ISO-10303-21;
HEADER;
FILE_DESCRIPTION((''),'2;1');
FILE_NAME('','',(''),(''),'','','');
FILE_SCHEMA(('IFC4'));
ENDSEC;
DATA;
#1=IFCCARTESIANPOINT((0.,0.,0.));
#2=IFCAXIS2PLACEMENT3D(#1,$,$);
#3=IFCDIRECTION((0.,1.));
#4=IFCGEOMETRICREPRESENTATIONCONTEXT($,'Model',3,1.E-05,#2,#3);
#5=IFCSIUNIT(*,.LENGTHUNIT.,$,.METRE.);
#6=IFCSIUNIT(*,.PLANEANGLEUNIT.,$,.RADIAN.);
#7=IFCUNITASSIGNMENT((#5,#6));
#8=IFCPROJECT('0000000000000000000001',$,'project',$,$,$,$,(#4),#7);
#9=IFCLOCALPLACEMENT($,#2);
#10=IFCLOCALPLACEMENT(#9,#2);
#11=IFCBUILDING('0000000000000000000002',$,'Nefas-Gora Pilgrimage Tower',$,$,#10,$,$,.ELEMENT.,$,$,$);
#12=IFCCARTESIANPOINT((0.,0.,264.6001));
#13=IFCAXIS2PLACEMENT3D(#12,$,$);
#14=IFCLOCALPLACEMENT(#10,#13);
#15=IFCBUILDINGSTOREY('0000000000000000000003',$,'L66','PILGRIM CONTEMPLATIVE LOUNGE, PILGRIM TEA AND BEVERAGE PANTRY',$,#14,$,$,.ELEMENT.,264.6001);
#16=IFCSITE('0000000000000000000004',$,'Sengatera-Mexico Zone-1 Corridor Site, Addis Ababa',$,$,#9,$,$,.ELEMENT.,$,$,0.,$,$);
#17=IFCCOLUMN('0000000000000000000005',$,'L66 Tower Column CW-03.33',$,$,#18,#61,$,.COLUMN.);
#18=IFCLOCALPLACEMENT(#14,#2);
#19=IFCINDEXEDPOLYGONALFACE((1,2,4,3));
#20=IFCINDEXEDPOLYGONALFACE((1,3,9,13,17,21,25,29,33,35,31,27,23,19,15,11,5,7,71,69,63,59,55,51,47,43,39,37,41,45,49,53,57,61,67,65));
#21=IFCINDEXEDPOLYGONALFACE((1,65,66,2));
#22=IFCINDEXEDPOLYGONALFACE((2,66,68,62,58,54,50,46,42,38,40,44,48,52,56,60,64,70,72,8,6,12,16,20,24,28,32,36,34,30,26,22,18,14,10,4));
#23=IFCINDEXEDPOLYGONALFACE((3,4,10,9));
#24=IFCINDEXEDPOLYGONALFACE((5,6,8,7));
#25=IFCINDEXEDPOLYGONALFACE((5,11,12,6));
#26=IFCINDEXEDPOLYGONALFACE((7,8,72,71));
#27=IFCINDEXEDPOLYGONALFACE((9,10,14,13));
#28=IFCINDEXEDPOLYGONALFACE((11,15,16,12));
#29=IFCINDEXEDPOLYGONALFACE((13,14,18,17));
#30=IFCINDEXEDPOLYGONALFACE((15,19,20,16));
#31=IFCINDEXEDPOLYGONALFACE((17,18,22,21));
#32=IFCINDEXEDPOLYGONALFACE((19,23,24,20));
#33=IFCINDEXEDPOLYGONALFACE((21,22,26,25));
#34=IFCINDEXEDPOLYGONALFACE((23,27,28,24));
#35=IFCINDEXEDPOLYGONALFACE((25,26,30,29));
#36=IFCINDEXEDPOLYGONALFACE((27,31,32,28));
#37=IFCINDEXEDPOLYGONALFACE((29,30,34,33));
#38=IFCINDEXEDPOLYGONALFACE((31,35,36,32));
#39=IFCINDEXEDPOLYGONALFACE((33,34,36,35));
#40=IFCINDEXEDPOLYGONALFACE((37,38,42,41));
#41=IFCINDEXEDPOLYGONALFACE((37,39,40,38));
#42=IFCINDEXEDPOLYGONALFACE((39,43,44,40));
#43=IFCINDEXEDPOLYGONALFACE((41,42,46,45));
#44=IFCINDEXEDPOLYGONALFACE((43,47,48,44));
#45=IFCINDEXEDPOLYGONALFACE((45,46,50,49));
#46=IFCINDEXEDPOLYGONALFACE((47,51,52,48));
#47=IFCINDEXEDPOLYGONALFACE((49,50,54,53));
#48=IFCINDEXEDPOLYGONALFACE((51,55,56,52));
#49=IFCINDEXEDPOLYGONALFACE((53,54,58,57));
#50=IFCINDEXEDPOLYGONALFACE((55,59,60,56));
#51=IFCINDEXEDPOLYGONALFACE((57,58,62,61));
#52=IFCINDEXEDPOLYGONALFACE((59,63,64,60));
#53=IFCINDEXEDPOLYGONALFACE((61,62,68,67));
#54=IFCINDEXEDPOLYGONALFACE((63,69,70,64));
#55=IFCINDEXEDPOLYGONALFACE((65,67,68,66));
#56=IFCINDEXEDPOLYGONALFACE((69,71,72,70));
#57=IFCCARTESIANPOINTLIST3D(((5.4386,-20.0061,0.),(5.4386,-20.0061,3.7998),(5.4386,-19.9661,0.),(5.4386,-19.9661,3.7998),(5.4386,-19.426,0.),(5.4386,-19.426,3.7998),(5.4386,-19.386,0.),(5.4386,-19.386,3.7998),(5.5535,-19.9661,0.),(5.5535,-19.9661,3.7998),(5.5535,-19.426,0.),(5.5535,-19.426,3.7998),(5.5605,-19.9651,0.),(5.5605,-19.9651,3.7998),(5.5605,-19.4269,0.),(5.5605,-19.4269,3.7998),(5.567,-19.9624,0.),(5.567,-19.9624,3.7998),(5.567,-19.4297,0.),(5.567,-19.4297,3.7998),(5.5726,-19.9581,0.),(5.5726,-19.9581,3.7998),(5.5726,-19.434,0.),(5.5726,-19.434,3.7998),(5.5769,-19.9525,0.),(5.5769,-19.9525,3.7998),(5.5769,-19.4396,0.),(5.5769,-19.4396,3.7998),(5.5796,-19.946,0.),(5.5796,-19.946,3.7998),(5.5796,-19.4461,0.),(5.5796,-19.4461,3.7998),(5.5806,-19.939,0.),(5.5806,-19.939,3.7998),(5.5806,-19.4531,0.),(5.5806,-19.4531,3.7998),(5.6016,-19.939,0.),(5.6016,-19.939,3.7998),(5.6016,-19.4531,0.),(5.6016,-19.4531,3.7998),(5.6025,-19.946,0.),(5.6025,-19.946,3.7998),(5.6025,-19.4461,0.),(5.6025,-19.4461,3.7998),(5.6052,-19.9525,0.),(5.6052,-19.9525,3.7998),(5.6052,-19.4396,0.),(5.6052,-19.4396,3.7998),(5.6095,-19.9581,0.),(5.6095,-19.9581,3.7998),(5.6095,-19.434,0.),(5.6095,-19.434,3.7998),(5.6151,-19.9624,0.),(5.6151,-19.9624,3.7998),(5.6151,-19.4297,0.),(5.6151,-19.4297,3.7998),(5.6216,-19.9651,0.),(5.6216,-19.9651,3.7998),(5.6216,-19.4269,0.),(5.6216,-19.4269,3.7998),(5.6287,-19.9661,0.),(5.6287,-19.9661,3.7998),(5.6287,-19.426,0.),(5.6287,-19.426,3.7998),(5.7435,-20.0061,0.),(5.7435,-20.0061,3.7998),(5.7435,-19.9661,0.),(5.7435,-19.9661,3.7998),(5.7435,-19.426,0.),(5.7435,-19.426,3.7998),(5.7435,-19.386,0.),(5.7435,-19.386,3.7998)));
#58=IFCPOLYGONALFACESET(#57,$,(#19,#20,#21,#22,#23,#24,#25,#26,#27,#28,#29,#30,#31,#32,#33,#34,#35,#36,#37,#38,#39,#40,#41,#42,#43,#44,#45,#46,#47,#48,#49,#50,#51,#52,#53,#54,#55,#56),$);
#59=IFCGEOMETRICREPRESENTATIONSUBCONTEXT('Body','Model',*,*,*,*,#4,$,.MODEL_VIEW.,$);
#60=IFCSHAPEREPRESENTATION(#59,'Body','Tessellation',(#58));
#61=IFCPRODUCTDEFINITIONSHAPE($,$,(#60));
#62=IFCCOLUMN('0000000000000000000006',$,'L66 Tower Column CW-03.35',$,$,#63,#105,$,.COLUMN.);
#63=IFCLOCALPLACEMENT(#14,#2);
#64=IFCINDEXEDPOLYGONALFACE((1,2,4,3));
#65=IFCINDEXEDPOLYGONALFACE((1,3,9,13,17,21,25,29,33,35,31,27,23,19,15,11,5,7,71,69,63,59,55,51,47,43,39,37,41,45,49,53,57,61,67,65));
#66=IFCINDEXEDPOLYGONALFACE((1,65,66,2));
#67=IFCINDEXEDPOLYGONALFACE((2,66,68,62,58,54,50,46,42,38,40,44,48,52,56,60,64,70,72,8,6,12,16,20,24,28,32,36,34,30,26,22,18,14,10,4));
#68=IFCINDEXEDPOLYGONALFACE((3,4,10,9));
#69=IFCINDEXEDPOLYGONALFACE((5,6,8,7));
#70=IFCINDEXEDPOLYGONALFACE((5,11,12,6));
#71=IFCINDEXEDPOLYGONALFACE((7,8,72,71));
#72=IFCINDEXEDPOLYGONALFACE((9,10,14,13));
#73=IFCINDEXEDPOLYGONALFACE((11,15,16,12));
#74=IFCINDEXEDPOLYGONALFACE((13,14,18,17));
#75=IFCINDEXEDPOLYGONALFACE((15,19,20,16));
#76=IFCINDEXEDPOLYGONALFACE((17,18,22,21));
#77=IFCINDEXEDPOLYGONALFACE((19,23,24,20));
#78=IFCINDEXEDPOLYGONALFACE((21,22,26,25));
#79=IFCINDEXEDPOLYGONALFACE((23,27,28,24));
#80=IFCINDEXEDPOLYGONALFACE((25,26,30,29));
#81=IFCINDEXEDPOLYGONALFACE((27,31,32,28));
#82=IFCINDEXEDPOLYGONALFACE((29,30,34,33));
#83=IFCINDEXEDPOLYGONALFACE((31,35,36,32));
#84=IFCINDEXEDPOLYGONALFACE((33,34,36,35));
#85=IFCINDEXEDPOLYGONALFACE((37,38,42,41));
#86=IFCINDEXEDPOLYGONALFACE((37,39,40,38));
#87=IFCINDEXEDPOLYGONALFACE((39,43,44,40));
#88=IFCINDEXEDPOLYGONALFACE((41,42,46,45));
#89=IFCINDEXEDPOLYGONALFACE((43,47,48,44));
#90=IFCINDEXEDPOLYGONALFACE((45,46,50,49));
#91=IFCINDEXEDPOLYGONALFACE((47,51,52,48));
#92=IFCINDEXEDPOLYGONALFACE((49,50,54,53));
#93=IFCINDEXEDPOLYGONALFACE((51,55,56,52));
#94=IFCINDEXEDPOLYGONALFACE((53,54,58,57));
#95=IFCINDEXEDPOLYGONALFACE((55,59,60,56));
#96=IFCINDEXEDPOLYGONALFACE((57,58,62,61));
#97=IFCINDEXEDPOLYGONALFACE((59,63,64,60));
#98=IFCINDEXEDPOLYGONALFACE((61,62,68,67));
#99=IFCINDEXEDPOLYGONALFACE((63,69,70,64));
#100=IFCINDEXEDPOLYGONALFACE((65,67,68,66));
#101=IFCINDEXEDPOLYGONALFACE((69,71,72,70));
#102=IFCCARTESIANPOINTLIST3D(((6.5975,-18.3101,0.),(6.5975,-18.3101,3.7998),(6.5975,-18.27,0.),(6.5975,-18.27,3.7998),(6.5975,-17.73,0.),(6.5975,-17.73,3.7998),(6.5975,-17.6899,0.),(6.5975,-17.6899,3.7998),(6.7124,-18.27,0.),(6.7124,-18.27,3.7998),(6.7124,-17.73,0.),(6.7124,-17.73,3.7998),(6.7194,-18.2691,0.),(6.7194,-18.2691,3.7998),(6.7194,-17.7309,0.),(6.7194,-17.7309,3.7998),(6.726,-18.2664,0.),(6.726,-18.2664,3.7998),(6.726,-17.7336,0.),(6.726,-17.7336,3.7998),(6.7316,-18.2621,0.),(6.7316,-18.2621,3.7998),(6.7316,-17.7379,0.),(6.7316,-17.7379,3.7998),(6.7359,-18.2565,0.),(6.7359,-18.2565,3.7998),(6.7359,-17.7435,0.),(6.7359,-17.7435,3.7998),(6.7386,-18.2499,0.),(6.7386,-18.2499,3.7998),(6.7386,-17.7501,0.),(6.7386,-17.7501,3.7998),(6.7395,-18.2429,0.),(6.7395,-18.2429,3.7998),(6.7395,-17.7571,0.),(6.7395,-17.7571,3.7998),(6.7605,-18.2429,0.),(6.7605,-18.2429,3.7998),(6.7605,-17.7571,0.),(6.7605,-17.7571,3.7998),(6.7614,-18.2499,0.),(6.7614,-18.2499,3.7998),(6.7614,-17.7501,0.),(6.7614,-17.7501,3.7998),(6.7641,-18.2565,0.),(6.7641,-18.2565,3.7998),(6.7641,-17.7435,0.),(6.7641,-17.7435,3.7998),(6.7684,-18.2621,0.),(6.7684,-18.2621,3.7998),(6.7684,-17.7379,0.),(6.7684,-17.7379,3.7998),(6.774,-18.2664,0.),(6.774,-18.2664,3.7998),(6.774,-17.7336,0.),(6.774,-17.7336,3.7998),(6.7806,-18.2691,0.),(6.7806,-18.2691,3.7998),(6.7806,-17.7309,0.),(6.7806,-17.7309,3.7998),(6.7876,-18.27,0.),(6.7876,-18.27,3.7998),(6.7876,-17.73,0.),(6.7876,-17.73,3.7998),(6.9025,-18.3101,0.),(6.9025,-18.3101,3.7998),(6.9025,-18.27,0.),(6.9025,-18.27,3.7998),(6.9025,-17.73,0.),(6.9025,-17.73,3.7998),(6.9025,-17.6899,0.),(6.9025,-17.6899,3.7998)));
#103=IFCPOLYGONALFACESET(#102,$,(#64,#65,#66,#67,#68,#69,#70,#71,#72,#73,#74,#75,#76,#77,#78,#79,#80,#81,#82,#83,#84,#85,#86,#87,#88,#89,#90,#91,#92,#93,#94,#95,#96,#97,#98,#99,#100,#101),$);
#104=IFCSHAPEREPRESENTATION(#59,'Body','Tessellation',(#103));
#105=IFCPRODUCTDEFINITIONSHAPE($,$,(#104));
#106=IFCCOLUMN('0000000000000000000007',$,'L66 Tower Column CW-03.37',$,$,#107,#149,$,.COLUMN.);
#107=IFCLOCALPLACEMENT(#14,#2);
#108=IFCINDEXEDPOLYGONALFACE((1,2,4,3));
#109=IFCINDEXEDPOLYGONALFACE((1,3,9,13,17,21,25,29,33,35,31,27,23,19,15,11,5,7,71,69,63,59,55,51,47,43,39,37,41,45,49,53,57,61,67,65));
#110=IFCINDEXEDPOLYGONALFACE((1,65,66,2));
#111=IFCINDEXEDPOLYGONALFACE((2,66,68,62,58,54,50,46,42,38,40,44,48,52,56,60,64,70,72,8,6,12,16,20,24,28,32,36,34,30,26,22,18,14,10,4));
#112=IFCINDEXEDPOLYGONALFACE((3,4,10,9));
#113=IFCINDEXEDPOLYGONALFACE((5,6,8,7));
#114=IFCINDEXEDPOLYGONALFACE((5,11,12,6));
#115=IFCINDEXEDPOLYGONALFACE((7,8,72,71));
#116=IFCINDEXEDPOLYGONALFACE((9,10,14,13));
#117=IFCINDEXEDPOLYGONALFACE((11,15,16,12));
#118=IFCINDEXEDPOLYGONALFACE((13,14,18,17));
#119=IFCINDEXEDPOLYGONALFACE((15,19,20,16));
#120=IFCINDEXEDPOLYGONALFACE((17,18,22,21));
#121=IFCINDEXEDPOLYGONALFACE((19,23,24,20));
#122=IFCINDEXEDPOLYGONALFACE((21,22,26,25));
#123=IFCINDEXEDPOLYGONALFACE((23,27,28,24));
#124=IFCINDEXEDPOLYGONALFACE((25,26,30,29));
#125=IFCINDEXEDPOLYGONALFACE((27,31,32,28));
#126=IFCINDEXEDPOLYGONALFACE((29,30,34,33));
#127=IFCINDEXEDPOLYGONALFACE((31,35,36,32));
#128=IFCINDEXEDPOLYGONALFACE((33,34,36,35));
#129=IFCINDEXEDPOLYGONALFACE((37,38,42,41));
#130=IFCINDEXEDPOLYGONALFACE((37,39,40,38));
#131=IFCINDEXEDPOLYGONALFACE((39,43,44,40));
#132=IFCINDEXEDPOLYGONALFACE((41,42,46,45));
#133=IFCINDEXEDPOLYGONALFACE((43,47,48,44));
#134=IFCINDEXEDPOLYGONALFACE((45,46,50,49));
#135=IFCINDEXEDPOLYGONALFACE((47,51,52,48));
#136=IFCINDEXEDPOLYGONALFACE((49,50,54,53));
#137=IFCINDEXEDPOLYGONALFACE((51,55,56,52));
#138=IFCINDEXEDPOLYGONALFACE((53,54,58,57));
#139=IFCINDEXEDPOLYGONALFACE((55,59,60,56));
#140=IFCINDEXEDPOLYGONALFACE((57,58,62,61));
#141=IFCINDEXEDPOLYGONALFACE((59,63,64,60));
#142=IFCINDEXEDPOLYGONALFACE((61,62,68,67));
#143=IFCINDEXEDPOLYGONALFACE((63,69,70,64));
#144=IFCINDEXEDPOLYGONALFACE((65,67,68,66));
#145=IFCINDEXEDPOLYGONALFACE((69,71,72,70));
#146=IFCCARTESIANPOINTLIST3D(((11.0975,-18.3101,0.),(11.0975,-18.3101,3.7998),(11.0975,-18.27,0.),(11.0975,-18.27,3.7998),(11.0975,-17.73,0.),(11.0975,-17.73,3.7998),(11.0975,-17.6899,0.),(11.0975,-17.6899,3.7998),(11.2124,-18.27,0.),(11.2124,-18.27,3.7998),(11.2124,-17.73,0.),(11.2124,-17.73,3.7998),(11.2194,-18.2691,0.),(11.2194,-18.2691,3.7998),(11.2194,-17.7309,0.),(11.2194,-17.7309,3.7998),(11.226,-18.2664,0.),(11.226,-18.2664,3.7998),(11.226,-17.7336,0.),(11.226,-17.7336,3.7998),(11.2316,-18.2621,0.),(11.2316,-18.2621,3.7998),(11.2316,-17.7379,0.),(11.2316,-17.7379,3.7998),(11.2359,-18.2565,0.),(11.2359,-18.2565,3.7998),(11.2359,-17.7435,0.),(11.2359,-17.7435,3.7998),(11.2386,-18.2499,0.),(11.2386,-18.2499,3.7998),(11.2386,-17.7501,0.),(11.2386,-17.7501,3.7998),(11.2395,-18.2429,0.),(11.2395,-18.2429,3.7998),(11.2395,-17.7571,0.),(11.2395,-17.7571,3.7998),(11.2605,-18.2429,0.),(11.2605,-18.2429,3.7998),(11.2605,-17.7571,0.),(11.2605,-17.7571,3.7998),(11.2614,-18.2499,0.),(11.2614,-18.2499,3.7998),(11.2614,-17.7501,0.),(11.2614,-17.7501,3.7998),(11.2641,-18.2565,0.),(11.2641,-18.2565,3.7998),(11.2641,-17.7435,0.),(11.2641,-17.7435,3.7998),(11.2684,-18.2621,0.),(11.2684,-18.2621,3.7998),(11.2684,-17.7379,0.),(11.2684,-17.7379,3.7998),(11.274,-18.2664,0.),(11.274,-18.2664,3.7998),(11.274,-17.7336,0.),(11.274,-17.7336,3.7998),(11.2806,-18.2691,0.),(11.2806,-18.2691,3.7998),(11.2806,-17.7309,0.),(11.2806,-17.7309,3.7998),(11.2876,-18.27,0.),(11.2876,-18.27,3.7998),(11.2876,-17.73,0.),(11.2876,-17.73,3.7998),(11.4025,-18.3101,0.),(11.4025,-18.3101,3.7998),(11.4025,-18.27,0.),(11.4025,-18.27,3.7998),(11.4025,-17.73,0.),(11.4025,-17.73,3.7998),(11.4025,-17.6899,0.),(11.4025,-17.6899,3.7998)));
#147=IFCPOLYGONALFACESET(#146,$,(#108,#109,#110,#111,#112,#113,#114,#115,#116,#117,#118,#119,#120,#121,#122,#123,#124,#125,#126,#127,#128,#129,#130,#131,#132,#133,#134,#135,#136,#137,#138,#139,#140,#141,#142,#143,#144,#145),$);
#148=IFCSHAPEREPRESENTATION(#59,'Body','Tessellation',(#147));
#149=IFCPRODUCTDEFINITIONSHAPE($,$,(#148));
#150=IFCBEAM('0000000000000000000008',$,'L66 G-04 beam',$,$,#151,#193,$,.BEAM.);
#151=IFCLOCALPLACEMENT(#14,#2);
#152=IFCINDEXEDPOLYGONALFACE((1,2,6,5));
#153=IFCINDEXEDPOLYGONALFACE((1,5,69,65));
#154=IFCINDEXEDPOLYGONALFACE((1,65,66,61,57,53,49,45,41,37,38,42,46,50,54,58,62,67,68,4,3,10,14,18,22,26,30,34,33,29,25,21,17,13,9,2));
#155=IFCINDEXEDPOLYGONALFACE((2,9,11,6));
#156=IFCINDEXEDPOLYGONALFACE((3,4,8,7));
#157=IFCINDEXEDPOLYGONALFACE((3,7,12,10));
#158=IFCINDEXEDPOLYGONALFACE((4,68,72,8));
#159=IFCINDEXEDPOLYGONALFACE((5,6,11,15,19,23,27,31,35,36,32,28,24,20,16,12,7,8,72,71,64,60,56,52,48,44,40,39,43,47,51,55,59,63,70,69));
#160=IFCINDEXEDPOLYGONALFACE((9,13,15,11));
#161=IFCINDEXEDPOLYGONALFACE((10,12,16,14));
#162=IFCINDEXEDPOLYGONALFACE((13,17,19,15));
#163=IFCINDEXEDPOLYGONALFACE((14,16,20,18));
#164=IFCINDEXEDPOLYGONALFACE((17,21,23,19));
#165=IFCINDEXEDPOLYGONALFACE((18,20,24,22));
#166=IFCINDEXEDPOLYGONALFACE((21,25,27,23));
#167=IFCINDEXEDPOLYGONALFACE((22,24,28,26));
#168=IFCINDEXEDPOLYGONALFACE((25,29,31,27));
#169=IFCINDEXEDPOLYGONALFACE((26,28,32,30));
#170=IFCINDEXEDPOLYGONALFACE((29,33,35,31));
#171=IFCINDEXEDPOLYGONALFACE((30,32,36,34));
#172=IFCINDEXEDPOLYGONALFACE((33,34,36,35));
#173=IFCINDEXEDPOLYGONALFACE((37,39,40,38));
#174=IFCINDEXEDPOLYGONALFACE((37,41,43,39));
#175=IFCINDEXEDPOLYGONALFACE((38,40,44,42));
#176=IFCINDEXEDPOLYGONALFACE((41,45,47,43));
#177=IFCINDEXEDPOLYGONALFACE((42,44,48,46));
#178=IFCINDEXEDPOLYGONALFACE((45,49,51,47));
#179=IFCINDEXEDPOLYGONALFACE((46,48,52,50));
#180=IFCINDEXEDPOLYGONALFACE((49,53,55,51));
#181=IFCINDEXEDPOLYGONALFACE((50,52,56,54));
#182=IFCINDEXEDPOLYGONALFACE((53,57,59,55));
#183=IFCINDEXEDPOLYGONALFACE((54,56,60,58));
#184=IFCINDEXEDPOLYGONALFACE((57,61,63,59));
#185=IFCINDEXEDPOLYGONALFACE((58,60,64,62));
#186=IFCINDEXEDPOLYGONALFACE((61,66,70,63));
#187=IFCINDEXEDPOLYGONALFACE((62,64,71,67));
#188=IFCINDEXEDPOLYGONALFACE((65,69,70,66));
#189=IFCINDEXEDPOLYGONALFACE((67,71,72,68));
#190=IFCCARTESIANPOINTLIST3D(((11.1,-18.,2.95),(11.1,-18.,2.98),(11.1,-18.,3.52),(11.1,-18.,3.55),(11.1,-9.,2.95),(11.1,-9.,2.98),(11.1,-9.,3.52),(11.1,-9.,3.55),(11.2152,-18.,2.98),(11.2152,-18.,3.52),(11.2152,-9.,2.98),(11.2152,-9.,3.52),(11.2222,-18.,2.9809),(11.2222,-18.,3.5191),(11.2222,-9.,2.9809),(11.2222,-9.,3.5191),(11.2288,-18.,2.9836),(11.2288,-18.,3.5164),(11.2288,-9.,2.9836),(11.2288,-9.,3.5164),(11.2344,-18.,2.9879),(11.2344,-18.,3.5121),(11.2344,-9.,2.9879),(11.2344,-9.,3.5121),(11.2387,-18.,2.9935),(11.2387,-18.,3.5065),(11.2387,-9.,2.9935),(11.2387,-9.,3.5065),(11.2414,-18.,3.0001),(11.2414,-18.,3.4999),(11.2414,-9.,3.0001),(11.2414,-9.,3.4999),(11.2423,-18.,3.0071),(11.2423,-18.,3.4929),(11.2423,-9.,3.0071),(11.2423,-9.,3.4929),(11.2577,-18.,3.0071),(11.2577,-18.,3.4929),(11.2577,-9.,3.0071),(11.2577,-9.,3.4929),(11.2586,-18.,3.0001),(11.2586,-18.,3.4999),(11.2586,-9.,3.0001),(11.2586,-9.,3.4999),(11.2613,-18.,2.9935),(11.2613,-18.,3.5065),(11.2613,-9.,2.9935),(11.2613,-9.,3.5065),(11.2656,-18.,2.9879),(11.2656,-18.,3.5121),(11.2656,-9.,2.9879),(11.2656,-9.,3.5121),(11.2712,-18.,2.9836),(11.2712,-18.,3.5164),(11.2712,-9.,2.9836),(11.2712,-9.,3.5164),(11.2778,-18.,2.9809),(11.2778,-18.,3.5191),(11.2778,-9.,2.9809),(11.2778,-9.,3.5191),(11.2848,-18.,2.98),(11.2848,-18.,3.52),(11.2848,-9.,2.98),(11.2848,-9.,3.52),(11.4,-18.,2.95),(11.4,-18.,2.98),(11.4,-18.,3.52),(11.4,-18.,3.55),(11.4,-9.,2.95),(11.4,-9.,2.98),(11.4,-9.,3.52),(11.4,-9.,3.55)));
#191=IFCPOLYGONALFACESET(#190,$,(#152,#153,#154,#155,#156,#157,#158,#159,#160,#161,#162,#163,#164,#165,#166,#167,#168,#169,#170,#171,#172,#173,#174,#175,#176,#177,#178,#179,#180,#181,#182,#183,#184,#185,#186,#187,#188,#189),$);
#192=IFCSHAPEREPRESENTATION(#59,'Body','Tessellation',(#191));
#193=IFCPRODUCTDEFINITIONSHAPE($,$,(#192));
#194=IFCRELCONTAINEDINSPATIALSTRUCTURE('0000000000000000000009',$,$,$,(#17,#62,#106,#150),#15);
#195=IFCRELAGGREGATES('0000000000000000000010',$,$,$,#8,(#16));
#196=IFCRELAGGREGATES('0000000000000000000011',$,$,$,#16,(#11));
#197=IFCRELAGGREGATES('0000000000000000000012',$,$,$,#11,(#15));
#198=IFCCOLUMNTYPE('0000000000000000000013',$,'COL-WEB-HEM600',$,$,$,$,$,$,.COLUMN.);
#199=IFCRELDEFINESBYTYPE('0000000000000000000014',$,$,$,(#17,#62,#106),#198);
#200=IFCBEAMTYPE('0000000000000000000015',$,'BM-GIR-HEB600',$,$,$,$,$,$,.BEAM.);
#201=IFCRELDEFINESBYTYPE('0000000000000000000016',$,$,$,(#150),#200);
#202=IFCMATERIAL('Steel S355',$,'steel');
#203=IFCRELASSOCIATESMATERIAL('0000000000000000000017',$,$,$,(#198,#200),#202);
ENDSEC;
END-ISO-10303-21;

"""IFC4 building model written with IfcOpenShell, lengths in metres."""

from ifc_helpers import new_model, si_unit, direction, frame, origin, origin_2d, place, context, subcontext, project, spatial, i_section, extrude, source, transform, mapped, material, material_profile, profile_set, type_object, element, save


model = new_model("IFC4")

# Units and contexts
model_context = context("Model", 3, precision=1e-05, world=origin(), true_north=direction((0.0, 1.0)))
body_context = subcontext(model_context, "Body", "Model", "MODEL_VIEW")
ifc_project = project(units=[si_unit("LENGTHUNIT", "METRE"), si_unit("PLANEANGLEUNIT", "RADIAN")], contexts=[model_context])

# Site, building, storey
site_placement = place(None, origin())
site = spatial("IfcSite", under=ifc_project, at=site_placement, Name="Sengatera-Mexico Zone-1 Corridor Site, Addis Ababa", CompositionType="ELEMENT", RefElevation=0.0)
building_placement = place(site_placement, origin())
building = spatial("IfcBuilding", under=site, at=building_placement, Name="Nefas-Gora Pilgrimage Tower", CompositionType="ELEMENT")
storey_placement = place(building_placement, frame((0.0, 0.0, 264.6001)))
storey = spatial("IfcBuildingStorey", under=building, at=storey_placement, Name="L66", Description="PILGRIM CONTEMPLATIVE LOUNGE, PILGRIM TEA AND BEVERAGE PANTRY", CompositionType="ELEMENT", Elevation=264.6001)

# Columns
ifc_material_1 = material(Name="Steel S355", Category="steel")
ifc_material_profile_1 = material_profile(ifc_material_1, i_section(OverallWidth=0.3049, OverallDepth=0.6201, WebThickness=0.021, FlangeThickness=0.04, FilletRadius=0.0271, at=origin_2d()), Name="HEM 600")
ifc_profile_set_1 = profile_set([ifc_material_profile_1], Name="Steel S355")
column_type_1 = type_object("IfcColumnType", Name="COL-WEB-HEM600", PredefinedType="COLUMN", material=ifc_profile_set_1)
shared_shape_1 = source(origin(), body_context, "Body", "SweptSolid", [
    extrude(i_section(OverallWidth=0.3049, OverallDepth=0.6201, WebThickness=0.021, FlangeThickness=0.04, FilletRadius=0.0271, at=origin_2d()), origin(), (0.0, 0.0, 1.0), 3.7998),
])
for number, where, z_axis, x_axis, name in (
    (1, (5.5911, -19.696, 0.0), (0.0, 0.0, 1.0), (1.0, 0.0, 0.0), "L66 Tower Column CW-03.33"),
    (2, (6.75, -18.0, 0.0), (0.0, 0.0, 1.0), (1.0, 0.0, 0.0), "L66 Tower Column CW-03.35"),
    (3, (11.25, -18.0, 0.0), (0.0, 0.0, 1.0), (1.0, 0.0, 0.0), "L66 Tower Column CW-03.37"),
):
    element("IfcColumn", number, at=place(storey_placement, frame(where, z_axis=z_axis, x_axis=x_axis)), inside=storey, type_object=column_type_1, Name=name, PredefinedType="COLUMN", context=body_context, shape_type="MappedRepresentation", body=[
        mapped(shared_shape_1, transform((0.0, 0.0, 0.0), x_axis=(1.0, 0.0, 0.0), y_axis=(0.0, 1.0, 0.0), z_axis=(0.0, 0.0, 1.0), scale=1.0)),
    ])

# Beam
ifc_material_profile_2 = material_profile(ifc_material_1, i_section(OverallWidth=0.3, OverallDepth=0.6001, WebThickness=0.0154, FlangeThickness=0.03, FilletRadius=0.0271, at=origin_2d()), Name="HEB 600")
ifc_profile_set_2 = profile_set([ifc_material_profile_2], Name="Steel S355")
beam_type = type_object("IfcBeamType", Name="BM-GIR-HEB600", PredefinedType="BEAM", material=ifc_profile_set_2)
shared_shape_2 = source(origin(), body_context, "Body", "SweptSolid", [
    extrude(i_section(OverallWidth=0.3, OverallDepth=0.6001, WebThickness=0.0154, FlangeThickness=0.03, FilletRadius=0.0271, at=origin_2d()), origin(), (0.0, 0.0, 1.0), 9.0),
])
beam_placement = place(storey_placement, frame((11.25, -18.0, 3.25), z_axis=(0.0, 1.0, 0.0), x_axis=(-1.0, 0.0, 0.0)))
element("IfcBeam", 4, at=beam_placement, inside=storey, type_object=beam_type, Name="L66 G-04 beam", PredefinedType="BEAM", context=body_context, shape_type="MappedRepresentation", body=[
    mapped(shared_shape_2, transform((0.0, 0.0, 0.0), x_axis=(1.0, 0.0, 0.0), y_axis=(0.0, 1.0, 0.0), z_axis=(0.0, 0.0, 1.0), scale=1.0)),
])

save(model, "model.ifc")
